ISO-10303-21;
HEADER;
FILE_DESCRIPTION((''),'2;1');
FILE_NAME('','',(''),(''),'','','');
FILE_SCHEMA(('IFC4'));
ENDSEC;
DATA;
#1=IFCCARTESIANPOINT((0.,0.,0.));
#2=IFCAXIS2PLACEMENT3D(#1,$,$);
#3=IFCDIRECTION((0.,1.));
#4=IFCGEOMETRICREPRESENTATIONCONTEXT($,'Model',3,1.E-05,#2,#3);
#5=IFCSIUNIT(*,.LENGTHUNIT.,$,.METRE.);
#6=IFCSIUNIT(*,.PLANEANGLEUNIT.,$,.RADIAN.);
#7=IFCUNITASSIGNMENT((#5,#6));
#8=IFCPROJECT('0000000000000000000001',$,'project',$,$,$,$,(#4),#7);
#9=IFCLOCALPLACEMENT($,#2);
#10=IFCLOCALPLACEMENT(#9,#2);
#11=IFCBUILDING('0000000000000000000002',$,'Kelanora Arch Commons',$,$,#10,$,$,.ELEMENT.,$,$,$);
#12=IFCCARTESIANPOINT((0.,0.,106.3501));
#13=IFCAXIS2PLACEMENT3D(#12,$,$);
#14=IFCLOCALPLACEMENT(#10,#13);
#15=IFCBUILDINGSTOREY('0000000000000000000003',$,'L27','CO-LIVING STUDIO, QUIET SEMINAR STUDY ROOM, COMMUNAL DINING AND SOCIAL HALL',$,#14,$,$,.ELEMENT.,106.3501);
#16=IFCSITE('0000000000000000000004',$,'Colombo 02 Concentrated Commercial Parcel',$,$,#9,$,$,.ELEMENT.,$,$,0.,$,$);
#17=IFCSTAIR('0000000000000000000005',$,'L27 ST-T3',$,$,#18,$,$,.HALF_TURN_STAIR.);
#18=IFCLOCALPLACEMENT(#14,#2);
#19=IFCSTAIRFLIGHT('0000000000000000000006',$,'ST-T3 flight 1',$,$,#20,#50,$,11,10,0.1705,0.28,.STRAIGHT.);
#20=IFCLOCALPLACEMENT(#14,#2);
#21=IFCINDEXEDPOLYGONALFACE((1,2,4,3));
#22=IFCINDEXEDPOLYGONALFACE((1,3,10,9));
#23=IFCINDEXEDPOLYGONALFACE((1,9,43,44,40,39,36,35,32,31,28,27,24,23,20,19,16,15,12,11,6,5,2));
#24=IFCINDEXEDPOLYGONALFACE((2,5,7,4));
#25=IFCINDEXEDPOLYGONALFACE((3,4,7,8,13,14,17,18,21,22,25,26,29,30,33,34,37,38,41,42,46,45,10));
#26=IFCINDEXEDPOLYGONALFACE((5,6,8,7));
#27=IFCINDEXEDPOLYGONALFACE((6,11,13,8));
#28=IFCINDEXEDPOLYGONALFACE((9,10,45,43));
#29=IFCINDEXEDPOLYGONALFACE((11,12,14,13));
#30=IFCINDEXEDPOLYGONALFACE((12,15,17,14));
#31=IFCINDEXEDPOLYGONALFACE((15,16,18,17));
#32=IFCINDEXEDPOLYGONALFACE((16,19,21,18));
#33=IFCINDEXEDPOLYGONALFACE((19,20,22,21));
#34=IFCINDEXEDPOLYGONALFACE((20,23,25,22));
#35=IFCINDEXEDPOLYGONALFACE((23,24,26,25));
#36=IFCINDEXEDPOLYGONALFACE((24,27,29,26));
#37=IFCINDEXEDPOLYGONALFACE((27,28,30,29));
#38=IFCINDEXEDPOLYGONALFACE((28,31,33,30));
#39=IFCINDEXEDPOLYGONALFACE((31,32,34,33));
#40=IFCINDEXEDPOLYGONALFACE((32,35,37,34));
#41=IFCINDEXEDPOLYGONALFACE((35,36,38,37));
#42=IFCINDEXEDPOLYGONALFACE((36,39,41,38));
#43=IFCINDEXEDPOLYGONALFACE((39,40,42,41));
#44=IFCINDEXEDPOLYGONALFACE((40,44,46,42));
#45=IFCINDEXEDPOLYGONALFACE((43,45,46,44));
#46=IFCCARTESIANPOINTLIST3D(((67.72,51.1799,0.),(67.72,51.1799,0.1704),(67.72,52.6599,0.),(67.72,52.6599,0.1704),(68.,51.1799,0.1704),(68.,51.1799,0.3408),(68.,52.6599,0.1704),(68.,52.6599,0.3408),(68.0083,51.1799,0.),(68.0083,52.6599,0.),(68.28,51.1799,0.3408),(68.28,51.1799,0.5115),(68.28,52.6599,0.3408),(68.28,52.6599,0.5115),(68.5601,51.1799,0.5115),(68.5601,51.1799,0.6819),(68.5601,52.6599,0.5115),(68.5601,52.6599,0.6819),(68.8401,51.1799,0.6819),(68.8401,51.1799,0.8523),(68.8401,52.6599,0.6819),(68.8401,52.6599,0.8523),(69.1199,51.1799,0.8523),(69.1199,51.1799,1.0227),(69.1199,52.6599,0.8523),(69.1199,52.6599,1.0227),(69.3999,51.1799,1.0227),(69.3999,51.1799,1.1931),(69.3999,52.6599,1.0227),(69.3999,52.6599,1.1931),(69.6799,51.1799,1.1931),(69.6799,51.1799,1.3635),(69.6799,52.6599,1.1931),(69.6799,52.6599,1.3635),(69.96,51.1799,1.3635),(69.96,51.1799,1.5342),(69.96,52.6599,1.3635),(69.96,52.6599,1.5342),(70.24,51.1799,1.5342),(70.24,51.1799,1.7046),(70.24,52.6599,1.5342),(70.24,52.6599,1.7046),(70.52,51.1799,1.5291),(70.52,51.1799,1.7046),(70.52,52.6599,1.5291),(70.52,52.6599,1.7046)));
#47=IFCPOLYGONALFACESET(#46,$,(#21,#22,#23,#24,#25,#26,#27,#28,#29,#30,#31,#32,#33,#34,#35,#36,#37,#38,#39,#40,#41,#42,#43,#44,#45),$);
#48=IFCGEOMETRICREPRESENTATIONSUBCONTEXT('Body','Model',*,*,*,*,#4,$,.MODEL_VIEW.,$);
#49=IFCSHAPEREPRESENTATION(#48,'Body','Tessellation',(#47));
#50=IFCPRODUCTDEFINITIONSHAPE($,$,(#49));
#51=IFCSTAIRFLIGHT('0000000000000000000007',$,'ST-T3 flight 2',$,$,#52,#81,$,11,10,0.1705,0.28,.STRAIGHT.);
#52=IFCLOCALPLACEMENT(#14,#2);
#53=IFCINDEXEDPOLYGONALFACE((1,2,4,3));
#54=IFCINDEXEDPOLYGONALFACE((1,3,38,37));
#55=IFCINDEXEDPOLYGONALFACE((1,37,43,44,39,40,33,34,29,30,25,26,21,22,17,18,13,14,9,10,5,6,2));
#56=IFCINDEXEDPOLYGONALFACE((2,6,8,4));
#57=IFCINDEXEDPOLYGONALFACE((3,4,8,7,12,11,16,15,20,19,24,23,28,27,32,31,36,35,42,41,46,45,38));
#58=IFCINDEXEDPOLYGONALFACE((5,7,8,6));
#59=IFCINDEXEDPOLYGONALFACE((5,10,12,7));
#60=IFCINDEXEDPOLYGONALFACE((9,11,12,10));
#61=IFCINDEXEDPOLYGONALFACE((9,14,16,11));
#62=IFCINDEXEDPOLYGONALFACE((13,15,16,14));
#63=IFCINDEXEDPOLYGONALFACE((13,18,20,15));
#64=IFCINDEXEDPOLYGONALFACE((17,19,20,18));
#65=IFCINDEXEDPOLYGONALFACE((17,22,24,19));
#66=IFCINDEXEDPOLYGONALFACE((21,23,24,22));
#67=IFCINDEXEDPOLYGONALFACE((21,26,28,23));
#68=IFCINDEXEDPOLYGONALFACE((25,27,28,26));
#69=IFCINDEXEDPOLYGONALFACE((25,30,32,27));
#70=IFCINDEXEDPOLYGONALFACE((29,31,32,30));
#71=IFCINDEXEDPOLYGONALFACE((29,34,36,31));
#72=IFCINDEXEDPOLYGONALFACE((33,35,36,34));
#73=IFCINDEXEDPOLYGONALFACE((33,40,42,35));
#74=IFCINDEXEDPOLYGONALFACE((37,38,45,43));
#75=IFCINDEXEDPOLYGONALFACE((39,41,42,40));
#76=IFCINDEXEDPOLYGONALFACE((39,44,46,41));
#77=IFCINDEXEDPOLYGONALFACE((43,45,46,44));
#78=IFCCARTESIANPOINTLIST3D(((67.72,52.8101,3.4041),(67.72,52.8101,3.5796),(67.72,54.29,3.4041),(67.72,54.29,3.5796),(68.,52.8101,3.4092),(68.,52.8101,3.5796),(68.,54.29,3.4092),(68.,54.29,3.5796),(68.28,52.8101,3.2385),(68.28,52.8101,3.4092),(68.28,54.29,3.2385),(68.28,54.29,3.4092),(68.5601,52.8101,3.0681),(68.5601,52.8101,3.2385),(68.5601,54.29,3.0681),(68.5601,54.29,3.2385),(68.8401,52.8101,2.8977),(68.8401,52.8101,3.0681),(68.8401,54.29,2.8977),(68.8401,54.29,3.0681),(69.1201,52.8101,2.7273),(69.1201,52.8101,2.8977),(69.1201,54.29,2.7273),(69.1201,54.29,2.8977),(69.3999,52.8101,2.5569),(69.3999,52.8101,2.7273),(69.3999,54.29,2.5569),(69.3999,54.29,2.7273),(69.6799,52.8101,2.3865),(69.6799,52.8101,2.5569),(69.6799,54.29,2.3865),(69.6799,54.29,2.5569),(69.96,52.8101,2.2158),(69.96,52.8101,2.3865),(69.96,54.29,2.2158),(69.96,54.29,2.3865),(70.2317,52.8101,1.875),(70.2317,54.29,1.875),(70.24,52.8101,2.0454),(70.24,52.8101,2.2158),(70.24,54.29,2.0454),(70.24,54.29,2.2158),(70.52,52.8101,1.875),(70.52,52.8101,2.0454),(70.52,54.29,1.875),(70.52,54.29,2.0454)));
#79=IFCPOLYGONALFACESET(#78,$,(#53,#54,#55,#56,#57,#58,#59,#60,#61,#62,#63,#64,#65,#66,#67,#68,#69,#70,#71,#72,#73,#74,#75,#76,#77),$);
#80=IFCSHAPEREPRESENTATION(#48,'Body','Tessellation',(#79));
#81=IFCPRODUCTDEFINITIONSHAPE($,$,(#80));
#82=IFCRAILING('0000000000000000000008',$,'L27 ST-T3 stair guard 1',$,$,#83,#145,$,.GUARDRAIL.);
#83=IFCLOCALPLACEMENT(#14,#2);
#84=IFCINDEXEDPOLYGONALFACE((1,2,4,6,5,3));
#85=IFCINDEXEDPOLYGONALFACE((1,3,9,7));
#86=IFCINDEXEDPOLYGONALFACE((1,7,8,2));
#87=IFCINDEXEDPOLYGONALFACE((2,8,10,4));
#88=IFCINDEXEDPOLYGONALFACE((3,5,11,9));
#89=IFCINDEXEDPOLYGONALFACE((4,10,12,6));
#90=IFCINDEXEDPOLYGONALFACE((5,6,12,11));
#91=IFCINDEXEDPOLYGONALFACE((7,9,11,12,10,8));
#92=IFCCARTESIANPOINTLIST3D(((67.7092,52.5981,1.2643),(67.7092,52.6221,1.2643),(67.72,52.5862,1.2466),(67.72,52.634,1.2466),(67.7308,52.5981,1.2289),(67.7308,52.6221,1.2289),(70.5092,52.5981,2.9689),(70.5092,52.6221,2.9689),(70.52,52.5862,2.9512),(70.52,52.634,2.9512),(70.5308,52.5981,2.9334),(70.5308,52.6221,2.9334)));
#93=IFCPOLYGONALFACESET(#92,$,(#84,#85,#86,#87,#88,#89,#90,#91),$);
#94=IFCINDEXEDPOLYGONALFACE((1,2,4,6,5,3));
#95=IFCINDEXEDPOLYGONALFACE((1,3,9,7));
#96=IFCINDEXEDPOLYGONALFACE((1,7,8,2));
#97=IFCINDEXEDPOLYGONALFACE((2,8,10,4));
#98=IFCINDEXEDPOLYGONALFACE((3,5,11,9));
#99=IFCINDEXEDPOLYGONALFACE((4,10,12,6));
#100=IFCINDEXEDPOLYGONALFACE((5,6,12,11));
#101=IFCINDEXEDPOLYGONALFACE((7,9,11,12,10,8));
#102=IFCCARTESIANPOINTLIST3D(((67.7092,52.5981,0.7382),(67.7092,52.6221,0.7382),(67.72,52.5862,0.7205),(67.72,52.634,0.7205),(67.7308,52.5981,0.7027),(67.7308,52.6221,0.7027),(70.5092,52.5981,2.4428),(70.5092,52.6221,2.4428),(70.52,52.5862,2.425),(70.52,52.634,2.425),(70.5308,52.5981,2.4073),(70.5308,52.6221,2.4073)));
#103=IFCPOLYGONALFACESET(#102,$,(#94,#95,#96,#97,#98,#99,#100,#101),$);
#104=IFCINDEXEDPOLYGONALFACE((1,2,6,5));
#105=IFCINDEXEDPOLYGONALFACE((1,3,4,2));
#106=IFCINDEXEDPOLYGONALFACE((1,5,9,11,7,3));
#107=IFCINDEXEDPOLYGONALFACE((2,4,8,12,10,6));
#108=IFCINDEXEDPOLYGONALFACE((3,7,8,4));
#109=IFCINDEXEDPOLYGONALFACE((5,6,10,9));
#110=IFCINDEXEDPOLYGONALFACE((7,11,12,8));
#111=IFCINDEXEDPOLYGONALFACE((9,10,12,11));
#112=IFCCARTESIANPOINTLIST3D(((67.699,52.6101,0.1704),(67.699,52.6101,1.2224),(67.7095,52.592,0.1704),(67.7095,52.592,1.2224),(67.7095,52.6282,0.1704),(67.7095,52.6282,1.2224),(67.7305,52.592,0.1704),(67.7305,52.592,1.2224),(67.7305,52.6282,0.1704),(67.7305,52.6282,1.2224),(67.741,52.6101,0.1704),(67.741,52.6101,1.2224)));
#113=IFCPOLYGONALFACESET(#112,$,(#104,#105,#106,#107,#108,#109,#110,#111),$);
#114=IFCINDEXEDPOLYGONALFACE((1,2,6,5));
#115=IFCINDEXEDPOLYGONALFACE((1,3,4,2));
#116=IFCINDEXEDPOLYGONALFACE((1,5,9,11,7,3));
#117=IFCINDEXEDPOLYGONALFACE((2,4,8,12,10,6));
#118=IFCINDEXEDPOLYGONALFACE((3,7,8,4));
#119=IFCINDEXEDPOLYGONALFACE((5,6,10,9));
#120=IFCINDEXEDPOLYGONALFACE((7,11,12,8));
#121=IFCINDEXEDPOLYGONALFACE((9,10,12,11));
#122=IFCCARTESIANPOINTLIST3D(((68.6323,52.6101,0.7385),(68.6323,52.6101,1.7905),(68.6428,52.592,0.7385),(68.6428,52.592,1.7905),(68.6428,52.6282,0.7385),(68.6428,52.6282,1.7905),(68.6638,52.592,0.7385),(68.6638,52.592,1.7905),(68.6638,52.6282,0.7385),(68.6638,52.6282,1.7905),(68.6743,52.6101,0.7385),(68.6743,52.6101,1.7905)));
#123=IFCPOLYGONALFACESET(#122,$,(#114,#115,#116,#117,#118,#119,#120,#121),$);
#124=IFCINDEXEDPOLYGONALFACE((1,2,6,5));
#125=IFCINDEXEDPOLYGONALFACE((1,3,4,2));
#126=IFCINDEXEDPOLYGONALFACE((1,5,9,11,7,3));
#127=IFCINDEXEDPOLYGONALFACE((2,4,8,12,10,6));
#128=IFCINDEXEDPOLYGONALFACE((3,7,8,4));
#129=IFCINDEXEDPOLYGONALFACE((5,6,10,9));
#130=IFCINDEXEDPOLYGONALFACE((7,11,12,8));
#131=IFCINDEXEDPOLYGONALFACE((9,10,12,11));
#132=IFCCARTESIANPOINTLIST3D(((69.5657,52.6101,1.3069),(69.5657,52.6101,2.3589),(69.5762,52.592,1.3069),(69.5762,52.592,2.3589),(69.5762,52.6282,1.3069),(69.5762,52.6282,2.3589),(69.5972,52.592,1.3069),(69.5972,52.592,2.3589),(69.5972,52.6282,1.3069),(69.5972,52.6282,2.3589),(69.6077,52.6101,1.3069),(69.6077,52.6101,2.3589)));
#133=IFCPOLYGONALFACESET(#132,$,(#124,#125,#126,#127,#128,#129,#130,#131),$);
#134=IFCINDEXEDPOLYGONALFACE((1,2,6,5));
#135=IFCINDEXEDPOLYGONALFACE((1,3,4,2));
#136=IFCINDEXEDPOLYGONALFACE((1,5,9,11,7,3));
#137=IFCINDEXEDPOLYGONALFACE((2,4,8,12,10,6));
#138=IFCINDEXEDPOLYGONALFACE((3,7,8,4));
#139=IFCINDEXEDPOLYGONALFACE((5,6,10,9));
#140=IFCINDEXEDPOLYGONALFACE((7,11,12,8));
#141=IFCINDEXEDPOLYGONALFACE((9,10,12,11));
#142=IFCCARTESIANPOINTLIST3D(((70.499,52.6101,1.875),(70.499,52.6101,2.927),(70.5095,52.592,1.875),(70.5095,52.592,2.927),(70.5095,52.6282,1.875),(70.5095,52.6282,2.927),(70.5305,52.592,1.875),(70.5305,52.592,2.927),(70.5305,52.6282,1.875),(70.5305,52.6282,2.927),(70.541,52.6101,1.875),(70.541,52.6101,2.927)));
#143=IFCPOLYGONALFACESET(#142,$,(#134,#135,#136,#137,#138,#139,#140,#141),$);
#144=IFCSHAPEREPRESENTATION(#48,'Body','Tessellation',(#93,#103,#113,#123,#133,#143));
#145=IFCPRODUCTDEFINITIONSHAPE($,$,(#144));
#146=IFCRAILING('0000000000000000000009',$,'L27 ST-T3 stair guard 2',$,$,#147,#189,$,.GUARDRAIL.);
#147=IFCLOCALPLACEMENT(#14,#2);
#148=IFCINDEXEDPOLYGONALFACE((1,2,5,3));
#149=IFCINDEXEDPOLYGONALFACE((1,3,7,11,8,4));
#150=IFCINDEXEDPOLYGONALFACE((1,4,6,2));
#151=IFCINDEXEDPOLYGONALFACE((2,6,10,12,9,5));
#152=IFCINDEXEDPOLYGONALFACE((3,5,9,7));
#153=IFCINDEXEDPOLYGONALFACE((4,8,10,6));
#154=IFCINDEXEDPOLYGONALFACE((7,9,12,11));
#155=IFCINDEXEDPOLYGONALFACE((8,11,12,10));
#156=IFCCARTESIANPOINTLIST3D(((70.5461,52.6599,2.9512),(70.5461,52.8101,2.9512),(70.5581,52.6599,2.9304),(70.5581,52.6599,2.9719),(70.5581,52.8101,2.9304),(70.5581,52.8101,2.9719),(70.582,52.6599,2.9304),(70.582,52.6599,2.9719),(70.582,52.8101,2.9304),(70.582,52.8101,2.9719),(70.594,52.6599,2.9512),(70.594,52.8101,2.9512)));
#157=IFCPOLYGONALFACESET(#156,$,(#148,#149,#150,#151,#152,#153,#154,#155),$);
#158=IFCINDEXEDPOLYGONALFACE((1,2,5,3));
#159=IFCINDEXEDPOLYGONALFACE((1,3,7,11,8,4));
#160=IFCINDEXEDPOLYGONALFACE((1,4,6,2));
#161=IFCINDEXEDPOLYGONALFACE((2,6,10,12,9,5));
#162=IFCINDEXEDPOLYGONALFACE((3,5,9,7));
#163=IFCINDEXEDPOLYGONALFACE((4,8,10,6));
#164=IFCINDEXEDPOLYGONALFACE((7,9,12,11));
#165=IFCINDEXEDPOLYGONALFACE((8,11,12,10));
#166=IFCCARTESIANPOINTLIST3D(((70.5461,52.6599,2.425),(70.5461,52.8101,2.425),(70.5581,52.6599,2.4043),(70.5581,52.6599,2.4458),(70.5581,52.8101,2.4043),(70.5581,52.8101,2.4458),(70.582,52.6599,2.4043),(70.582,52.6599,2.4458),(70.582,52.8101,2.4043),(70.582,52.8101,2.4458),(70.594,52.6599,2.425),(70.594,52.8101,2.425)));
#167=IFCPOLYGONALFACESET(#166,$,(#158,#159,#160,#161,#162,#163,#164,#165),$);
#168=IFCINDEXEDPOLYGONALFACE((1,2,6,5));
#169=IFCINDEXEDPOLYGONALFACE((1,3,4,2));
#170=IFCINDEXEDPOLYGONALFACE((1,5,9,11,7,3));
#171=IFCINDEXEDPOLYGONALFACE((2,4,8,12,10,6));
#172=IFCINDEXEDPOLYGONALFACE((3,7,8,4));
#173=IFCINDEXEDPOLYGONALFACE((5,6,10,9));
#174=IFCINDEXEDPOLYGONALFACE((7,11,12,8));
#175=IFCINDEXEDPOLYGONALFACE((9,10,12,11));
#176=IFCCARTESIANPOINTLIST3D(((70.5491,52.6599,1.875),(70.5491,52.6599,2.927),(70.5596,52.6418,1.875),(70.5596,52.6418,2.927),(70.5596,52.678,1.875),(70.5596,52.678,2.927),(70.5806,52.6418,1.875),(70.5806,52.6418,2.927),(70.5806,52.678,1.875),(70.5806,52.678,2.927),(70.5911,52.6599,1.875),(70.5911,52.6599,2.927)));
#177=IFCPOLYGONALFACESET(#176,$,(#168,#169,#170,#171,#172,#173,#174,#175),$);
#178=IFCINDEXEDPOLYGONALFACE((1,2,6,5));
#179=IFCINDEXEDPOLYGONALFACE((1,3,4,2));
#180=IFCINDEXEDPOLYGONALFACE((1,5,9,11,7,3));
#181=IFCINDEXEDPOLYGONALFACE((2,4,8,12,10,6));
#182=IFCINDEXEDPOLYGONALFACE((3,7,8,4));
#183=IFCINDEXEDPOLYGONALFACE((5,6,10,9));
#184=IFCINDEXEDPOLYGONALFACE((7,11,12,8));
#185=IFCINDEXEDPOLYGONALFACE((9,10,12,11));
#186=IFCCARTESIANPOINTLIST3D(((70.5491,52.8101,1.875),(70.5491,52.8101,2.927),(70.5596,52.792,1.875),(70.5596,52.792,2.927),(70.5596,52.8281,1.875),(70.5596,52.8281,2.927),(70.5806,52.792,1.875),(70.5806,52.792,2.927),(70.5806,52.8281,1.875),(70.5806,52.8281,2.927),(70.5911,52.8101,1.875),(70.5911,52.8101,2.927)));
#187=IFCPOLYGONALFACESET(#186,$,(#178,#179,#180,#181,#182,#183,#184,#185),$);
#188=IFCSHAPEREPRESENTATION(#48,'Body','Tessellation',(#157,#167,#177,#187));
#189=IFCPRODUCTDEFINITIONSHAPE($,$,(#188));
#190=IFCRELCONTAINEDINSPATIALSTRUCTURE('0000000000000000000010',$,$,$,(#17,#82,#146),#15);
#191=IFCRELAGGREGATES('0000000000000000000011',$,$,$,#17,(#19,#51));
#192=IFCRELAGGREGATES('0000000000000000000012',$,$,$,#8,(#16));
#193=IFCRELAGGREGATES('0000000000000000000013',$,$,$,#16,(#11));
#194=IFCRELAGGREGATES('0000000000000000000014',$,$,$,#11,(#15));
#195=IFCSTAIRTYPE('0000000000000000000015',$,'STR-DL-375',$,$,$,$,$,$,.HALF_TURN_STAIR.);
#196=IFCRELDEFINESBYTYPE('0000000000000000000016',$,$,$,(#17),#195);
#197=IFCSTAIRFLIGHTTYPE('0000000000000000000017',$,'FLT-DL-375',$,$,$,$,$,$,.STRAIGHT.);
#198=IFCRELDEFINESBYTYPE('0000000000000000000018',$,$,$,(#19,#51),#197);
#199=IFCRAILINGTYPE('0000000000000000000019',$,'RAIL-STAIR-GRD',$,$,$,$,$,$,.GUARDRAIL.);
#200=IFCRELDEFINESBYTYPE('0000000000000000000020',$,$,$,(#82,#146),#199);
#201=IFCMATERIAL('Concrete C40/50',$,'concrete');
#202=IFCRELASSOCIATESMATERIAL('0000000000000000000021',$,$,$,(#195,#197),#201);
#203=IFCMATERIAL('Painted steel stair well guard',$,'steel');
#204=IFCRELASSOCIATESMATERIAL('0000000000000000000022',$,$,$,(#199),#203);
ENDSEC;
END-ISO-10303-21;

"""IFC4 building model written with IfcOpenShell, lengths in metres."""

from ifc_helpers import new_model, si_unit, direction, frame, origin, place, context, subcontext, project, spatial, polyline, outline, extrude, material, type_object, element, aggregate, save


model = new_model("IFC4")

# Units and contexts
model_context = context("Model", 3, precision=1e-05, world=origin(), true_north=direction((0.0, 1.0)))
body_context = subcontext(model_context, "Body", "Model", "MODEL_VIEW")
ifc_project = project(units=[si_unit("LENGTHUNIT", "METRE"), si_unit("PLANEANGLEUNIT", "RADIAN")], contexts=[model_context])

# Site, building, storey
site_placement = place(None, origin())
site = spatial("IfcSite", under=ifc_project, at=site_placement, Name="Colombo 02 Concentrated Commercial Parcel", CompositionType="ELEMENT", RefElevation=0.0)
building_placement = place(site_placement, origin())
building = spatial("IfcBuilding", under=site, at=building_placement, Name="Kelanora Arch Commons", CompositionType="ELEMENT")
storey_placement = place(building_placement, frame((0.0, 0.0, 106.3501)))
storey = spatial("IfcBuildingStorey", under=building, at=storey_placement, Name="L27", Description="CO-LIVING STUDIO, QUIET SEMINAR STUDY ROOM, COMMUNAL DINING AND SOCIAL HALL", CompositionType="ELEMENT", Elevation=106.3501)

# Shared definitions
ifc_material_1 = material(Name="Concrete C40/50", Category="concrete")

# Stair, stair flights
stair_type = type_object("IfcStairType", Name="STR-DL-375", PredefinedType="HALF_TURN_STAIR", material=ifc_material_1)
stair_placement = place(storey_placement, origin())
stair = element("IfcStair", 1, at=stair_placement, inside=storey, type_object=stair_type, Name="L27 ST-T3", PredefinedType="HALF_TURN_STAIR")
stair_flight_type = type_object("IfcStairFlightType", Name="FLT-DL-375", PredefinedType="STRAIGHT", material=ifc_material_1)
stair_flight_1_placement = place(storey_placement, frame((67.72, 51.9199, 0.0), z_axis=(0.0, 0.0, 1.0), x_axis=(1.0, 0.0, 0.0)))
stair_flight_1 = element("IfcStairFlight", 2, at=stair_flight_1_placement, type_object=stair_flight_type, Name="ST-T3 flight 1", NumberOfRisers=11, NumberOfTreads=10, PredefinedType="STRAIGHT", RiserHeight=0.1705, TreadLength=0.28, context=body_context, shape_type="SweptSolid", body=[
    extrude(outline(polyline([(0.0, 0.0), (0.0, 0.1704), (0.28, 0.1704), (0.28, 0.3408), (0.5601, 0.3408), (0.5601, 0.5115), (0.8401, 0.5115), (0.8401, 0.6819), (1.1201, 0.6819), (1.1201, 0.8523), (1.3999, 0.8523), (1.3999, 1.0227), (1.6799, 1.0227), (1.6799, 1.1931), (1.96, 1.1931), (1.96, 1.3635), (2.24, 1.3635), (2.24, 1.5342), (2.52, 1.5342), (2.52, 1.7046), (2.8, 1.7046), (2.8, 1.875), (2.8, 1.5291), (0.2883, 0.0), (0.0, 0.0)])), frame((0.0, 0.74, 0.0), z_axis=(0.0, -1.0, 0.0), x_axis=(1.0, 0.0, 0.0)), (0.0, 0.0, 1.0), 1.48),
])
stair_flight_2_placement = place(storey_placement, frame((70.52, 53.55, 1.875), z_axis=(0.0, 0.0, 1.0), x_axis=(-1.0, 0.0, 0.0)))
stair_flight_2 = element("IfcStairFlight", 3, at=stair_flight_2_placement, type_object=stair_flight_type, Name="ST-T3 flight 2", NumberOfRisers=11, NumberOfTreads=10, PredefinedType="STRAIGHT", RiserHeight=0.1705, TreadLength=0.28, context=body_context, shape_type="SweptSolid", body=[
    extrude(outline(polyline([(0.0, 0.0), (0.0, 0.1704), (0.28, 0.1704), (0.28, 0.3408), (0.5601, 0.3408), (0.5601, 0.5115), (0.8401, 0.5115), (0.8401, 0.6819), (1.1201, 0.6819), (1.1201, 0.8523), (1.3999, 0.8523), (1.3999, 1.0227), (1.6799, 1.0227), (1.6799, 1.1931), (1.96, 1.1931), (1.96, 1.3635), (2.24, 1.3635), (2.24, 1.5342), (2.52, 1.5342), (2.52, 1.7046), (2.8, 1.7046), (2.8, 1.875), (2.8, 1.5291), (0.2883, 0.0), (0.0, 0.0)])), frame((0.0, 0.74, 0.0), z_axis=(0.0, -1.0, 0.0), x_axis=(1.0, 0.0, 0.0)), (0.0, 0.0, 1.0), 1.48),
])
aggregate(stair, [stair_flight_1, stair_flight_2])

# Railings
ifc_material_2 = material(Name="Painted steel stair well guard", Category="steel")
railing_type_1 = type_object("IfcRailingType", Name="RAIL-STAIR-GRD", PredefinedType="GUARDRAIL", material=ifc_material_2)
railing_1_placement = place(storey_placement, frame((67.72, 52.6101, 0.1704)))
element("IfcRailing", 4, at=railing_1_placement, inside=storey, type_object=railing_type_1, Name="L27 ST-T3 stair guard 1", PredefinedType="GUARDRAIL", context=body_context, shape_type="SweptSolid", body=[
    extrude(outline(polyline([(0.0239, 0.0), (0.012, 0.0208), (-0.012, 0.0208), (-0.0239, 0.0), (-0.012, -0.0208), (0.012, -0.0208), (0.0239, 0.0)])), frame((0.0, 0.0, 1.0762), z_axis=(0.85417, 0.0, 0.519994), x_axis=(0.0, 1.0, 0.0)), (0.0, 0.0, 1.0), 3.2781),
    extrude(outline(polyline([(0.0239, 0.0), (0.012, 0.0208), (-0.012, 0.0208), (-0.0239, 0.0), (-0.012, -0.0208), (0.012, -0.0208), (0.0239, 0.0)])), frame((0.0, 0.0, 0.55), z_axis=(0.85417, 0.0, 0.519994), x_axis=(0.0, 1.0, 0.0)), (0.0, 0.0, 1.0), 3.2781),
    extrude(outline(polyline([(0.021, 0.0), (0.0105, 0.0181), (-0.0105, 0.0181), (-0.021, 0.0), (-0.0105, -0.0181), (0.0105, -0.0181), (0.021, 0.0)])), origin(), (0.0, 0.0, 1.0), 1.052),
    extrude(outline(polyline([(0.021, 0.0), (0.0105, 0.0181), (-0.0105, 0.0181), (-0.021, 0.0), (-0.0105, -0.0181), (0.0105, -0.0181), (0.021, 0.0)])), frame((0.9333, 0.0, 0.5681)), (0.0, 0.0, 1.0), 1.052),
    extrude(outline(polyline([(0.021, 0.0), (0.0105, 0.0181), (-0.0105, 0.0181), (-0.021, 0.0), (-0.0105, -0.0181), (0.0105, -0.0181), (0.021, 0.0)])), frame((1.8667, 0.0, 1.1365)), (0.0, 0.0, 1.0), 1.052),
    extrude(outline(polyline([(0.021, 0.0), (0.0105, 0.0181), (-0.0105, 0.0181), (-0.021, 0.0), (-0.0105, -0.0181), (0.0105, -0.0181), (0.021, 0.0)])), frame((2.8, 0.0, 1.7046)), (0.0, 0.0, 1.0), 1.052),
])
railing_2_placement = place(storey_placement, frame((70.5701, 52.6599, 1.875)))
element("IfcRailing", 5, at=railing_2_placement, inside=storey, type_object=railing_type_1, Name="L27 ST-T3 stair guard 2", PredefinedType="GUARDRAIL", context=body_context, shape_type="SweptSolid", body=[
    extrude(outline(polyline([(0.0239, 0.0), (0.012, 0.0208), (-0.012, 0.0208), (-0.0239, 0.0), (-0.012, -0.0208), (0.012, -0.0208), (0.0239, 0.0)])), frame((0.0, 0.0, 1.0762), z_axis=(0.0, 1.0, 0.0), x_axis=(-1.0, 0.0, 0.0)), (0.0, 0.0, 1.0), 0.1501),
    extrude(outline(polyline([(0.0239, 0.0), (0.012, 0.0208), (-0.012, 0.0208), (-0.0239, 0.0), (-0.012, -0.0208), (0.012, -0.0208), (0.0239, 0.0)])), frame((0.0, 0.0, 0.55), z_axis=(0.0, 1.0, 0.0), x_axis=(-1.0, 0.0, 0.0)), (0.0, 0.0, 1.0), 0.1501),
    extrude(outline(polyline([(0.021, 0.0), (0.0105, 0.0181), (-0.0105, 0.0181), (-0.021, 0.0), (-0.0105, -0.0181), (0.0105, -0.0181), (0.021, 0.0)])), origin(), (0.0, 0.0, 1.0), 1.052),
    extrude(outline(polyline([(0.021, 0.0), (0.0105, 0.0181), (-0.0105, 0.0181), (-0.021, 0.0), (-0.0105, -0.0181), (0.0105, -0.0181), (0.021, 0.0)])), frame((0.0, 0.1501, 0.0)), (0.0, 0.0, 1.0), 1.052),
])

save(model, "model.ifc")
